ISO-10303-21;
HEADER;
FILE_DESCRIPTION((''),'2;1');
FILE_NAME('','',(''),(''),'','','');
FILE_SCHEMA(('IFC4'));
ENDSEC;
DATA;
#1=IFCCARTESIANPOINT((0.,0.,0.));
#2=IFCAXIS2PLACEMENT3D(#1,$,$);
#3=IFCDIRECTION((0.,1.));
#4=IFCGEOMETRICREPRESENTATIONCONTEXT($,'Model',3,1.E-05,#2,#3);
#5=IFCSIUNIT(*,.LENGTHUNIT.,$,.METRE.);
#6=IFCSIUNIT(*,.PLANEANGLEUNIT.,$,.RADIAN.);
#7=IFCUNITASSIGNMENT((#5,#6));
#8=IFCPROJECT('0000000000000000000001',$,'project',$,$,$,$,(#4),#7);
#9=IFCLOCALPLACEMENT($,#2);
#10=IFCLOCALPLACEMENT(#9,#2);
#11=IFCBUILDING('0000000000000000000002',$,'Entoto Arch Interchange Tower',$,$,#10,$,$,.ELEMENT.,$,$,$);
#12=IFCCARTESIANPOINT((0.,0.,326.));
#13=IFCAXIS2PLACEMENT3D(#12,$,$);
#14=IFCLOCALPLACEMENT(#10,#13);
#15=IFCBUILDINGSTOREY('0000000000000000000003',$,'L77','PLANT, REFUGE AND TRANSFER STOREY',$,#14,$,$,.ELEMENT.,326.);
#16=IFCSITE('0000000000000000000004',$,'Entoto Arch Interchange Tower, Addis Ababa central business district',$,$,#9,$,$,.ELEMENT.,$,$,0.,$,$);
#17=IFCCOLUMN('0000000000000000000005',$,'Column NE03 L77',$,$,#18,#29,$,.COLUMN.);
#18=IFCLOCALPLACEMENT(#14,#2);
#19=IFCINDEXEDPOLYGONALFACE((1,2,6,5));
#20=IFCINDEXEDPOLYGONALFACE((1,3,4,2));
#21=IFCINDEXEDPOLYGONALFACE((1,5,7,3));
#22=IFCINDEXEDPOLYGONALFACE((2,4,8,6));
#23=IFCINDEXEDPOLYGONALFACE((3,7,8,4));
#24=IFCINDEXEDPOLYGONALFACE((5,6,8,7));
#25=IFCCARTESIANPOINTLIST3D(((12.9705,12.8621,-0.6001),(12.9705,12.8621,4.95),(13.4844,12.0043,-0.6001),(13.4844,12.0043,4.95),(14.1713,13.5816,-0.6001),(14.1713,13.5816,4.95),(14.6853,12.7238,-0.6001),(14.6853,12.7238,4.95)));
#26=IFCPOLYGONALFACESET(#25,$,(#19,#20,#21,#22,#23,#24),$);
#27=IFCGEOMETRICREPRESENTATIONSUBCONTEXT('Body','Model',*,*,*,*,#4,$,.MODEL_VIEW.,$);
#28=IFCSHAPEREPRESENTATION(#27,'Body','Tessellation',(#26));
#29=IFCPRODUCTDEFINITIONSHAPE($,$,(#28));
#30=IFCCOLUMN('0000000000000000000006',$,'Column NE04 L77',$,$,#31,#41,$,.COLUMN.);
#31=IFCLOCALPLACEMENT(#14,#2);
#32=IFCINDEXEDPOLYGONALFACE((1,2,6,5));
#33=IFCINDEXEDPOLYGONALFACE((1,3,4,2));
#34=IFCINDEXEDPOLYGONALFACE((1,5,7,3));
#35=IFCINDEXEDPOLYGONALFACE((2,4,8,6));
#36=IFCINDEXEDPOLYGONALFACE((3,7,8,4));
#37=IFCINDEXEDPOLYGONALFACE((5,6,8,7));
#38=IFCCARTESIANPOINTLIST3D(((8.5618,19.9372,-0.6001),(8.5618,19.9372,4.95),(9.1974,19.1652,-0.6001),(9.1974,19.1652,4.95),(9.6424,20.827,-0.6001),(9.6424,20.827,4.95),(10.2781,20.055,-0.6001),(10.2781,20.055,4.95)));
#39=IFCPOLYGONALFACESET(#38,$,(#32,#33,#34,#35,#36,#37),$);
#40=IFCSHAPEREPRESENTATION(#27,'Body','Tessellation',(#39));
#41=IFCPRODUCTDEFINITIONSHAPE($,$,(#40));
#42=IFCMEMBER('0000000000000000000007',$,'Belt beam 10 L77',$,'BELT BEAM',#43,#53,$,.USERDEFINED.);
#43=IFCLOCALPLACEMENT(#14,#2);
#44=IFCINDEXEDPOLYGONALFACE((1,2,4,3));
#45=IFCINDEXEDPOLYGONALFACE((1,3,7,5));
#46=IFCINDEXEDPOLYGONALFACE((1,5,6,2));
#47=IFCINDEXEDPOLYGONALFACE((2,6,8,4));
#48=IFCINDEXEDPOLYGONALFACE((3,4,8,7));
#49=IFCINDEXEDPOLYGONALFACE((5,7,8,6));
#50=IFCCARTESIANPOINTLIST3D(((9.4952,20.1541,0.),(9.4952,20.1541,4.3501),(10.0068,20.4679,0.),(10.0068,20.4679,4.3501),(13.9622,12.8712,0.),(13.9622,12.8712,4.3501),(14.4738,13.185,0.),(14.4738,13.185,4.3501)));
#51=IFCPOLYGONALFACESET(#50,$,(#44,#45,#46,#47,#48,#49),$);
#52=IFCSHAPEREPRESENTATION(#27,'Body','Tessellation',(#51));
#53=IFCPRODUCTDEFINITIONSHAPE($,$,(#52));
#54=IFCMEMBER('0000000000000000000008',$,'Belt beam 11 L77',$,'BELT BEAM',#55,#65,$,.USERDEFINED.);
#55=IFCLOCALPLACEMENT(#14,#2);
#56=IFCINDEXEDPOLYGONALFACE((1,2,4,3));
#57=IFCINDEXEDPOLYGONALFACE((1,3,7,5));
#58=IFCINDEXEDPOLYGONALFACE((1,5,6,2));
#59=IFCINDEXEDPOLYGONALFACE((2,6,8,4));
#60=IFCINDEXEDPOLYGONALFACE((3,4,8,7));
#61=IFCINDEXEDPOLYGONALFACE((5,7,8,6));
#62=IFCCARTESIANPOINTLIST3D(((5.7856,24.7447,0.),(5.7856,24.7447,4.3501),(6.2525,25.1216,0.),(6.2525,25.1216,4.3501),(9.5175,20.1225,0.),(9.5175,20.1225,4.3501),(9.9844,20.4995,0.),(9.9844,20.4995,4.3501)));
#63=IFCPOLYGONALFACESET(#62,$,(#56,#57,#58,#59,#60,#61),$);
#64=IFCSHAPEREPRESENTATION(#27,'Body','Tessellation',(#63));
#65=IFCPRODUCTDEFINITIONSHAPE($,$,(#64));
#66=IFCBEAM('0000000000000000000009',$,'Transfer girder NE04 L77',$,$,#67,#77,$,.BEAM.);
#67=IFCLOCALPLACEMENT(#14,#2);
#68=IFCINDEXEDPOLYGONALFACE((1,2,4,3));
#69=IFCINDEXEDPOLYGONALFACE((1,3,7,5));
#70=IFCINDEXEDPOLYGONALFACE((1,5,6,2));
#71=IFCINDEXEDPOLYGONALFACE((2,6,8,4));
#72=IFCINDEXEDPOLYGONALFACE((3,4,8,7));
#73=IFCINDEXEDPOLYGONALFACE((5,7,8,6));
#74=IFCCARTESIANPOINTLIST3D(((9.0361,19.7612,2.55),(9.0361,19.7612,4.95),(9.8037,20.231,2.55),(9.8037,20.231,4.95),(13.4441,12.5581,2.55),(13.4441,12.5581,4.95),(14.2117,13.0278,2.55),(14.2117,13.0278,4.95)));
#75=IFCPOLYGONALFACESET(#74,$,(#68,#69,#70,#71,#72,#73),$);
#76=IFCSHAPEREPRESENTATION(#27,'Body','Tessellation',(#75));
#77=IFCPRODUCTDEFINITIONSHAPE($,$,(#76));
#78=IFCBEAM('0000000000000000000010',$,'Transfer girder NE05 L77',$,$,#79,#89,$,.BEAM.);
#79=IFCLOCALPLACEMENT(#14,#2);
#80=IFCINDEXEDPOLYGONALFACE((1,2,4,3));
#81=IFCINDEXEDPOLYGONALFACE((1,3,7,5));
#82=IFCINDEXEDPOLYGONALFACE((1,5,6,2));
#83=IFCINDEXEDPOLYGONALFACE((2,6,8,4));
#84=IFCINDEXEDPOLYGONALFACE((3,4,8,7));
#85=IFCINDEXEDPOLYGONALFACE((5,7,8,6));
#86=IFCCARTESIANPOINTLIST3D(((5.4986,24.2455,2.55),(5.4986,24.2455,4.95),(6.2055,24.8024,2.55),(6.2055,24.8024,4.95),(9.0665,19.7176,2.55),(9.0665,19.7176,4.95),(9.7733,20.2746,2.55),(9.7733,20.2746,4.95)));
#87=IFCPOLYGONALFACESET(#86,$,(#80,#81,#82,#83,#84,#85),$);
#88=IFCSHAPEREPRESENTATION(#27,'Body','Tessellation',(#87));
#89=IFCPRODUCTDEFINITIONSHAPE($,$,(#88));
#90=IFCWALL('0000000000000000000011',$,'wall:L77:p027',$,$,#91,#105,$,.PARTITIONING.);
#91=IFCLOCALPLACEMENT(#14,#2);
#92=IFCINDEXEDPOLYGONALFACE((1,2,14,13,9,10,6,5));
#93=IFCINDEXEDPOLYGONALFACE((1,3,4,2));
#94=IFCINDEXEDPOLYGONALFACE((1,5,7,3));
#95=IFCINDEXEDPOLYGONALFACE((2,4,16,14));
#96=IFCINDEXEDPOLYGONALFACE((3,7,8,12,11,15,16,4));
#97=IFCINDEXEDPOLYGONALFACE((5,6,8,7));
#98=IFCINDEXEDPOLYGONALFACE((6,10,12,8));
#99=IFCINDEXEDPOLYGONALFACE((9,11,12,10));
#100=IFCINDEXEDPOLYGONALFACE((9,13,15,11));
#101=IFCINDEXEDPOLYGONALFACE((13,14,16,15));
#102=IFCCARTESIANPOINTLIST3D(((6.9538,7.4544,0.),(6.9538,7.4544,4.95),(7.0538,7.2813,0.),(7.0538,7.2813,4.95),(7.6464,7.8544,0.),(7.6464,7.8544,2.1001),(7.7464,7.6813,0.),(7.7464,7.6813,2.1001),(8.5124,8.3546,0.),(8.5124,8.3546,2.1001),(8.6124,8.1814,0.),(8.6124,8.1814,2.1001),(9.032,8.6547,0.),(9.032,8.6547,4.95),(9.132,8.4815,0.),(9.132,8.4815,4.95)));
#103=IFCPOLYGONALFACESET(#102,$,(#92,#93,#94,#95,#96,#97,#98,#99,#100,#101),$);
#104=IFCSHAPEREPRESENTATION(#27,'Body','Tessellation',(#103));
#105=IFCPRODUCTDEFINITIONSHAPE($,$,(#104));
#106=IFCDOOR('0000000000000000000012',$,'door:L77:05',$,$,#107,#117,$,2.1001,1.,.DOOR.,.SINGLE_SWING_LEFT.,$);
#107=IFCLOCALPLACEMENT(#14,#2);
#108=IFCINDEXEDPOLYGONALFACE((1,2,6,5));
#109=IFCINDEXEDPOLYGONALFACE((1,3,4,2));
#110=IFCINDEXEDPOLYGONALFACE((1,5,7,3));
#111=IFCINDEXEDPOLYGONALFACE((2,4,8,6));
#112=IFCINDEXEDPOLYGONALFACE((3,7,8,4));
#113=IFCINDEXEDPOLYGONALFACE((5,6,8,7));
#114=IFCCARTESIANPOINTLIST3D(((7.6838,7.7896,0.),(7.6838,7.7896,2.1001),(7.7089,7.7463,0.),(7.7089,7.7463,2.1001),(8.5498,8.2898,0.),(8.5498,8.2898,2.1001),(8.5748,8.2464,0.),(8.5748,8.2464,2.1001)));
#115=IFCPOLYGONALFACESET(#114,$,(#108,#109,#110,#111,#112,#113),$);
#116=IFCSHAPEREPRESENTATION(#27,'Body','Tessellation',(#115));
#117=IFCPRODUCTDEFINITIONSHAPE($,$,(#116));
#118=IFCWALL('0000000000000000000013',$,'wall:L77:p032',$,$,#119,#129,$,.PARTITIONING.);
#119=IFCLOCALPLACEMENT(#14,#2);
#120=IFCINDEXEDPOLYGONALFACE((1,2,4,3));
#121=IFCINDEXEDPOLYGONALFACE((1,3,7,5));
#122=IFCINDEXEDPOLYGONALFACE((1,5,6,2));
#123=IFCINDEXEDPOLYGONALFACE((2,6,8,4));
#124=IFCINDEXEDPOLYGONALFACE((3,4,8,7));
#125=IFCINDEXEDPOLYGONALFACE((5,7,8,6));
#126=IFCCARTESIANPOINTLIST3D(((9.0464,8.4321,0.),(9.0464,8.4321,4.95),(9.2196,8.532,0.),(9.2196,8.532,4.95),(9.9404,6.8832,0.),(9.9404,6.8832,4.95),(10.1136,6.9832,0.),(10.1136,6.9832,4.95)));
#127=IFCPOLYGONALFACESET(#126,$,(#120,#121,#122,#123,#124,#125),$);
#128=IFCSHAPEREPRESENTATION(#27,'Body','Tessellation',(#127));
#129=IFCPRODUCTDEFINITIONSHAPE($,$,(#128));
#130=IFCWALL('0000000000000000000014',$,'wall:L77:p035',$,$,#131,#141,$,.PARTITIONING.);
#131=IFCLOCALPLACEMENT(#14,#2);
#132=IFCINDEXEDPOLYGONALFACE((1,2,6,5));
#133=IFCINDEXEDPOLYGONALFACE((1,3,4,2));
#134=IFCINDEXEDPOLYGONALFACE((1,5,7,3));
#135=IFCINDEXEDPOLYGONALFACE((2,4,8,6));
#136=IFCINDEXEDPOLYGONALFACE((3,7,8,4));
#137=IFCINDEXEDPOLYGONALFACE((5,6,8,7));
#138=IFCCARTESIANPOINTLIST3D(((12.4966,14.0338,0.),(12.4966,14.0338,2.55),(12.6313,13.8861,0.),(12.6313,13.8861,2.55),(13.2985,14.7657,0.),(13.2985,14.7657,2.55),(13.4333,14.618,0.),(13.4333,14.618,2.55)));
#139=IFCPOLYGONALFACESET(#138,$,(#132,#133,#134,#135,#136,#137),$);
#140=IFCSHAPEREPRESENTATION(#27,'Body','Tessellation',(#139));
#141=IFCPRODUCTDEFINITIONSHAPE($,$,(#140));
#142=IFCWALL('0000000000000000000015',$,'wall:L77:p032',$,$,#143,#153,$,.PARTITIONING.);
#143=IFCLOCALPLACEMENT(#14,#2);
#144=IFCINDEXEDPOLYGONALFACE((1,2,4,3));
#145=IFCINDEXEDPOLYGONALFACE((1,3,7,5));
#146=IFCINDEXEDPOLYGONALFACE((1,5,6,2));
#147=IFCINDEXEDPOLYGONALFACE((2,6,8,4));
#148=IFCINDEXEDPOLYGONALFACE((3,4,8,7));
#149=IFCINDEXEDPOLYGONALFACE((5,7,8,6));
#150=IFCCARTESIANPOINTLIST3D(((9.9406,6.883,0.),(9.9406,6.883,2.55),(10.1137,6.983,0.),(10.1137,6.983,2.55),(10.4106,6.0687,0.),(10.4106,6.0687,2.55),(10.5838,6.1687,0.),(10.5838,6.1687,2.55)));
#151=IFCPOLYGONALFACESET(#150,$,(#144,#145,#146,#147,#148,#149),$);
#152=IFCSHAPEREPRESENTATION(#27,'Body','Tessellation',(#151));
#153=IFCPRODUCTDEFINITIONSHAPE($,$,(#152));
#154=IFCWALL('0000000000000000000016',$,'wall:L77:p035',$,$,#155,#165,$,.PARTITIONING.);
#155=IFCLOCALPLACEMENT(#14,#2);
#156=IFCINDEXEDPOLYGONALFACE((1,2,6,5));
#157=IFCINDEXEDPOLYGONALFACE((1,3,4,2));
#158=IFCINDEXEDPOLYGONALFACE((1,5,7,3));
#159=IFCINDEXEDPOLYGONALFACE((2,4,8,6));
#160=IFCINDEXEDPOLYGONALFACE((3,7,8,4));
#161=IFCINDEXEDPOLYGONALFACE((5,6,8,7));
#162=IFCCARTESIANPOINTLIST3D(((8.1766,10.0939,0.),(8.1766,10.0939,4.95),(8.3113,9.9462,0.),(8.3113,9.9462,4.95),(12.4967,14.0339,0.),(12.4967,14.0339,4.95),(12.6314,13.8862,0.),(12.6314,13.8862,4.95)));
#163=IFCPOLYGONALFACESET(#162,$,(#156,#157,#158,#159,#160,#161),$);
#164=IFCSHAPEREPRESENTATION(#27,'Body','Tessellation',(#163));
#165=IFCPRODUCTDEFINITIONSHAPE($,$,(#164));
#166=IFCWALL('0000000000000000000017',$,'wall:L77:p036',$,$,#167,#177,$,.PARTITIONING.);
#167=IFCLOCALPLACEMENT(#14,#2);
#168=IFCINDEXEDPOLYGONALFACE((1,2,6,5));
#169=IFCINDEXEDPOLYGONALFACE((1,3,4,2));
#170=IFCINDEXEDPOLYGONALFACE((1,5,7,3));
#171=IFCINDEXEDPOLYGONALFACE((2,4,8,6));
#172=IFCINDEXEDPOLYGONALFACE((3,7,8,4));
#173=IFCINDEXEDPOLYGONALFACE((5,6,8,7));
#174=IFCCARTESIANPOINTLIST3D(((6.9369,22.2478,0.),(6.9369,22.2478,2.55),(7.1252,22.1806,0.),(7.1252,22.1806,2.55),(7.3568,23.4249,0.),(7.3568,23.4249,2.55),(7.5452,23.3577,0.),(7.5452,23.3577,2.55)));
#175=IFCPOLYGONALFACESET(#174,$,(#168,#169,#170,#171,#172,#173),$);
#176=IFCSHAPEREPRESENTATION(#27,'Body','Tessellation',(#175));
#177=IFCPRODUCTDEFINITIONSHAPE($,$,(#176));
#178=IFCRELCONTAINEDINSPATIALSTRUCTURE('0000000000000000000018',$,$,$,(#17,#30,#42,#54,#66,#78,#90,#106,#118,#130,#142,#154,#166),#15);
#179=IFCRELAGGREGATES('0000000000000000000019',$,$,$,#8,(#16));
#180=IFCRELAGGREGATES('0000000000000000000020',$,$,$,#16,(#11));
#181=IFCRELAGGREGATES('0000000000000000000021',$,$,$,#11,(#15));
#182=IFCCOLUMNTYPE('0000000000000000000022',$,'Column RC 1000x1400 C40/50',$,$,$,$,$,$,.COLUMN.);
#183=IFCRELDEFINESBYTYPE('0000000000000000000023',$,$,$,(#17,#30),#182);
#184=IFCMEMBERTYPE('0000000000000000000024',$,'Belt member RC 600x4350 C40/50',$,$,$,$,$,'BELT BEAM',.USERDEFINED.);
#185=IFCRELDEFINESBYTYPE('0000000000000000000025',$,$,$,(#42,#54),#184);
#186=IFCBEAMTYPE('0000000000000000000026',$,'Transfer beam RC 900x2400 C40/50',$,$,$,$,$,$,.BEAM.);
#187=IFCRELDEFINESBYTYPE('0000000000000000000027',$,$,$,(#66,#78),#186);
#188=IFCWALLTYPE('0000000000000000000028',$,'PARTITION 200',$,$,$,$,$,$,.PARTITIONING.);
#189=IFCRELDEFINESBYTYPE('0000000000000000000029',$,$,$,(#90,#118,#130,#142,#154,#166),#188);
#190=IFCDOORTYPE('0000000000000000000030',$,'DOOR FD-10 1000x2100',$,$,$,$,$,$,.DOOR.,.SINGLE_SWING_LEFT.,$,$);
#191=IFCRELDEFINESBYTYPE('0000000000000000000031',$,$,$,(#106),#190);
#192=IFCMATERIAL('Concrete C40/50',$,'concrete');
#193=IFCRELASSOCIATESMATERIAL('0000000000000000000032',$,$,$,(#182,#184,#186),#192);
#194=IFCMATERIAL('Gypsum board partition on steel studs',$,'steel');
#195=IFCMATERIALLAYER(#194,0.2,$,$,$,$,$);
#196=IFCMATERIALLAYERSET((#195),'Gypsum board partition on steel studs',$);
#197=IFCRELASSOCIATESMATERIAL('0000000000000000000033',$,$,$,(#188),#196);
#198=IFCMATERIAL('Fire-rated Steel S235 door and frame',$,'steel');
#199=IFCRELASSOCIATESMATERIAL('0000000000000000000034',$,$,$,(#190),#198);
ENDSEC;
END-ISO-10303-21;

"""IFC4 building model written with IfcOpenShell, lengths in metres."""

from ifc_helpers import new_model, si_unit, direction, frame, frame_2d, origin, origin_2d, place, context, subcontext, project, spatial, rectangle, extrude, material, layer, layer_set, material_profile, profile_set, type_object, element, fill, save


model = new_model("IFC4")

# Units and contexts
model_context = context("Model", 3, precision=1e-05, world=origin(), true_north=direction((0.0, 1.0)))
body_context = subcontext(model_context, "Body", "Model", "MODEL_VIEW")
ifc_project = project(units=[si_unit("LENGTHUNIT", "METRE"), si_unit("PLANEANGLEUNIT", "RADIAN")], contexts=[model_context])

# Site, building, storey
site_placement = place(None, origin())
site = spatial("IfcSite", under=ifc_project, at=site_placement, Name="Entoto Arch Interchange Tower, Addis Ababa central business district", CompositionType="ELEMENT", RefElevation=0.0)
building_placement = place(site_placement, origin())
building = spatial("IfcBuilding", under=site, at=building_placement, Name="Entoto Arch Interchange Tower", CompositionType="ELEMENT")
storey_placement = place(building_placement, frame((0.0, 0.0, 326.0)))
storey = spatial("IfcBuildingStorey", under=building, at=storey_placement, Name="L77", Description="PLANT, REFUGE AND TRANSFER STOREY", CompositionType="ELEMENT", Elevation=326.0)

# Columns
ifc_material_1 = material(Name="Concrete C40/50", Category="concrete")
ifc_material_profile_1 = material_profile(ifc_material_1, rectangle(XDim=1.0, YDim=1.3999, at=origin_2d()))
ifc_profile_set_1 = profile_set([ifc_material_profile_1], Name="Concrete C40/50")
column_type = type_object("IfcColumnType", Name="Column RC 1000x1400 C40/50", PredefinedType="COLUMN", material=ifc_profile_set_1)
for number, where, z_axis, x_axis, name in (
    (1, (13.8279, 12.793, -0.6001), (0.0, 0.0, 1.0), (-0.513946, 0.857823, 0.0), "Column NE03 L77"),
    (2, (9.4199, 19.9961, -0.6001), (0.0, 0.0, 1.0), (-0.635647, 0.77198, 0.0), "Column NE04 L77"),
):
    element("IfcColumn", number, at=place(storey_placement, frame(where, z_axis=z_axis, x_axis=x_axis)), inside=storey, type_object=column_type, Name=name, PredefinedType="COLUMN", context=body_context, shape_type="SweptSolid", body=[
        extrude(rectangle(XDim=1.0, YDim=1.3999, at=origin_2d()), origin(), (0.0, 0.0, 1.0), 5.55),
    ])

# Members
ifc_material_profile_2 = material_profile(ifc_material_1, rectangle(XDim=0.6001, YDim=4.3501, at=origin_2d()))
ifc_profile_set_2 = profile_set([ifc_material_profile_2], Name="Concrete C40/50")
member_type = type_object("IfcMemberType", Name="Belt member RC 600x4350 C40/50", ElementType="BELT BEAM", PredefinedType="USERDEFINED", material=ifc_profile_set_2)
member_1_placement = place(storey_placement, frame((14.218, 13.0281, 2.175), z_axis=(-0.522842, 0.85243, 0.0), x_axis=(-0.85243, -0.522842, 0.0)))
element("IfcMember", 3, at=member_1_placement, inside=storey, type_object=member_type, Name="Belt beam 10 L77", ObjectType="BELT BEAM", PredefinedType="USERDEFINED", context=body_context, shape_type="SweptSolid", body=[
    extrude(rectangle(XDim=0.6001, YDim=4.3501, at=origin_2d()), origin(), (0.0, 0.0, 1.0), 8.5437),
])
member_2_placement = place(storey_placement, frame((9.751, 20.311, 2.175), z_axis=(-0.628207, 0.778046, 0.0), x_axis=(-0.778046, -0.628207, 0.0)))
element("IfcMember", 4, at=member_2_placement, inside=storey, type_object=member_type, Name="Belt beam 11 L77", ObjectType="BELT BEAM", PredefinedType="USERDEFINED", context=body_context, shape_type="SweptSolid", body=[
    extrude(rectangle(XDim=0.6001, YDim=4.3501, at=origin_2d()), origin(), (0.0, 0.0, 1.0), 5.9407),
])

# Beams
ifc_material_profile_3 = material_profile(ifc_material_1, rectangle(XDim=0.8999, YDim=2.3999, at=origin_2d()))
ifc_profile_set_3 = profile_set([ifc_material_profile_3], Name="Concrete C40/50")
beam_type = type_object("IfcBeamType", Name="Transfer beam RC 900x2400 C40/50", PredefinedType="BEAM", material=ifc_profile_set_3)
beam_1_placement = place(storey_placement, frame((13.8279, 12.793, 3.75), z_axis=(-0.521971, 0.852963, 0.0), x_axis=(-0.852963, -0.521971, 0.0)))
element("IfcBeam", 5, at=beam_1_placement, inside=storey, type_object=beam_type, Name="Transfer girder NE04 L77", PredefinedType="BEAM", context=body_context, shape_type="SweptSolid", body=[
    extrude(rectangle(XDim=0.8999, YDim=2.3999, at=origin_2d()), origin(), (0.0, 0.0, 1.0), 8.4448),
])
beam_2_placement = place(storey_placement, frame((9.4199, 19.9961, 3.75), z_axis=(-0.618924, 0.78545, 0.0), x_axis=(-0.78545, -0.618924, 0.0)))
element("IfcBeam", 6, at=beam_2_placement, inside=storey, type_object=beam_type, Name="Transfer girder NE05 L77", PredefinedType="BEAM", context=body_context, shape_type="SweptSolid", body=[
    extrude(rectangle(XDim=0.8999, YDim=2.3999, at=origin_2d()), origin(), (0.0, 0.0, 1.0), 5.7646),
])

# Wall, opening, door
ifc_material_2 = material(Name="Gypsum board partition on steel studs", Category="steel")
ifc_layer_1 = layer(ifc_material_2, 0.2)
ifc_layer_set_1 = layer_set([ifc_layer_1], Name="Gypsum board partition on steel studs")
wall_type_1 = type_object("IfcWallType", Name="PARTITION 200", PredefinedType="PARTITIONING", material=ifc_layer_set_1)
wall_1_placement = place(storey_placement, frame((9.082, 8.5681, 0.0), z_axis=(0.0, 0.0, 1.0), x_axis=(-0.865955, -0.500122, 0.0)))
wall_1 = element("IfcWall", 7, at=wall_1_placement, inside=storey, type_object=wall_type_1, Name="wall:L77:p027", PredefinedType="PARTITIONING", context=body_context, shape_type="SweptSolid", body=[
    extrude(rectangle(XDim=2.3999, YDim=0.2, at=frame_2d((1.2, 0.0))), origin(), (0.0, 0.0, 1.0), 4.95),
])
opening_placement = place(wall_1_placement, frame((0.6001, 0.0, 0.0)))
opening = element("IfcOpeningElement", 8, at=opening_placement, cuts=wall_1, PredefinedType="OPENING", context=body_context, shape_type="SweptSolid", body=[
    extrude(rectangle(XDim=1.0, YDim=2.1001, at=frame_2d((0.5, 1.05))), frame((0.0, 0.1099, 0.0), z_axis=(0.0, -1.0, 0.0), x_axis=(1.0, 0.0, 0.0)), (0.0, 0.0, 1.0), 0.22),
])
ifc_material_3 = material(Name="Fire-rated Steel S235 door and frame", Category="steel")
door_type = type_object("IfcDoorType", Name="DOOR FD-10 1000x2100", OperationType="SINGLE_SWING_LEFT", PredefinedType="DOOR", material=ifc_material_3)
door_placement = place(opening_placement, origin())
door = element("IfcDoor", 9, at=door_placement, inside=storey, type_object=door_type, Name="door:L77:05", OperationType="SINGLE_SWING_LEFT", OverallHeight=2.1001, OverallWidth=1.0, PredefinedType="DOOR", context=body_context, shape_type="SweptSolid", body=[
    extrude(rectangle(XDim=1.0, YDim=2.1001, at=frame_2d((0.5, 1.05))), frame((0.0, 0.0249, 0.0), z_axis=(0.0, -1.0, 0.0), x_axis=(1.0, 0.0, 0.0)), (0.0, 0.0, 1.0), 0.05),
])
fill(opening, door)

# Walls
wall_2_placement = place(storey_placement, frame((9.1331, 8.4819, 0.0), z_axis=(0.0, 0.0, 1.0), x_axis=(0.499927, -0.866067, 0.0)))
element("IfcWall", 10, at=wall_2_placement, inside=storey, type_object=wall_type_1, Name="wall:L77:p032", PredefinedType="PARTITIONING", context=body_context, shape_type="SweptSolid", body=[
    extrude(rectangle(XDim=1.7883, YDim=0.2, at=frame_2d((0.894, 0.0))), origin(), (0.0, 0.0, 1.0), 4.95),
])
wall_3_placement = place(storey_placement, frame((13.366, 14.6919, 0.0), z_axis=(0.0, 0.0, 1.0), x_axis=(-0.738636, -0.674104, 0.0)))
element("IfcWall", 11, at=wall_3_placement, inside=storey, type_object=wall_type_1, Name="wall:L77:p035", PredefinedType="PARTITIONING", context=body_context, shape_type="SweptSolid", body=[
    extrude(rectangle(XDim=1.0857, YDim=0.2, at=frame_2d((0.543, 0.0))), origin(), (0.0, 0.0, 1.0), 2.55),
])
wall_4_placement = place(storey_placement, frame((10.0271, 6.9331, 0.0), z_axis=(0.0, 0.0, 1.0), x_axis=(0.49991, -0.866077, 0.0)))
element("IfcWall", 12, at=wall_4_placement, inside=storey, type_object=wall_type_1, Name="wall:L77:p032", PredefinedType="PARTITIONING", context=body_context, shape_type="SweptSolid", body=[
    extrude(rectangle(XDim=0.9402, YDim=0.2, at=frame_2d((0.4702, 0.0))), origin(), (0.0, 0.0, 1.0), 2.55),
])
wall_5_placement = place(storey_placement, frame((12.564, 13.96, 0.0), z_axis=(0.0, 0.0, 1.0), x_axis=(-0.738866, -0.673852, 0.0)))
element("IfcWall", 13, at=wall_5_placement, inside=storey, type_object=wall_type_1, Name="wall:L77:p035", PredefinedType="PARTITIONING", context=body_context, shape_type="SweptSolid", body=[
    extrude(rectangle(XDim=5.8469, YDim=0.2, at=frame_2d((2.9233, 0.0))), origin(), (0.0, 0.0, 1.0), 4.95),
])
wall_6_placement = place(storey_placement, frame((7.031, 22.2141, 0.0), z_axis=(0.0, 0.0, 1.0), x_axis=(0.336027, 0.941852, 0.0)))
element("IfcWall", 14, at=wall_6_placement, inside=storey, type_object=wall_type_1, Name="wall:L77:p036", PredefinedType="PARTITIONING", context=body_context, shape_type="SweptSolid", body=[
    extrude(rectangle(XDim=1.2498, YDim=0.2, at=frame_2d((0.625, 0.0))), origin(), (0.0, 0.0, 1.0), 2.55),
])

save(model, "model.ifc")
